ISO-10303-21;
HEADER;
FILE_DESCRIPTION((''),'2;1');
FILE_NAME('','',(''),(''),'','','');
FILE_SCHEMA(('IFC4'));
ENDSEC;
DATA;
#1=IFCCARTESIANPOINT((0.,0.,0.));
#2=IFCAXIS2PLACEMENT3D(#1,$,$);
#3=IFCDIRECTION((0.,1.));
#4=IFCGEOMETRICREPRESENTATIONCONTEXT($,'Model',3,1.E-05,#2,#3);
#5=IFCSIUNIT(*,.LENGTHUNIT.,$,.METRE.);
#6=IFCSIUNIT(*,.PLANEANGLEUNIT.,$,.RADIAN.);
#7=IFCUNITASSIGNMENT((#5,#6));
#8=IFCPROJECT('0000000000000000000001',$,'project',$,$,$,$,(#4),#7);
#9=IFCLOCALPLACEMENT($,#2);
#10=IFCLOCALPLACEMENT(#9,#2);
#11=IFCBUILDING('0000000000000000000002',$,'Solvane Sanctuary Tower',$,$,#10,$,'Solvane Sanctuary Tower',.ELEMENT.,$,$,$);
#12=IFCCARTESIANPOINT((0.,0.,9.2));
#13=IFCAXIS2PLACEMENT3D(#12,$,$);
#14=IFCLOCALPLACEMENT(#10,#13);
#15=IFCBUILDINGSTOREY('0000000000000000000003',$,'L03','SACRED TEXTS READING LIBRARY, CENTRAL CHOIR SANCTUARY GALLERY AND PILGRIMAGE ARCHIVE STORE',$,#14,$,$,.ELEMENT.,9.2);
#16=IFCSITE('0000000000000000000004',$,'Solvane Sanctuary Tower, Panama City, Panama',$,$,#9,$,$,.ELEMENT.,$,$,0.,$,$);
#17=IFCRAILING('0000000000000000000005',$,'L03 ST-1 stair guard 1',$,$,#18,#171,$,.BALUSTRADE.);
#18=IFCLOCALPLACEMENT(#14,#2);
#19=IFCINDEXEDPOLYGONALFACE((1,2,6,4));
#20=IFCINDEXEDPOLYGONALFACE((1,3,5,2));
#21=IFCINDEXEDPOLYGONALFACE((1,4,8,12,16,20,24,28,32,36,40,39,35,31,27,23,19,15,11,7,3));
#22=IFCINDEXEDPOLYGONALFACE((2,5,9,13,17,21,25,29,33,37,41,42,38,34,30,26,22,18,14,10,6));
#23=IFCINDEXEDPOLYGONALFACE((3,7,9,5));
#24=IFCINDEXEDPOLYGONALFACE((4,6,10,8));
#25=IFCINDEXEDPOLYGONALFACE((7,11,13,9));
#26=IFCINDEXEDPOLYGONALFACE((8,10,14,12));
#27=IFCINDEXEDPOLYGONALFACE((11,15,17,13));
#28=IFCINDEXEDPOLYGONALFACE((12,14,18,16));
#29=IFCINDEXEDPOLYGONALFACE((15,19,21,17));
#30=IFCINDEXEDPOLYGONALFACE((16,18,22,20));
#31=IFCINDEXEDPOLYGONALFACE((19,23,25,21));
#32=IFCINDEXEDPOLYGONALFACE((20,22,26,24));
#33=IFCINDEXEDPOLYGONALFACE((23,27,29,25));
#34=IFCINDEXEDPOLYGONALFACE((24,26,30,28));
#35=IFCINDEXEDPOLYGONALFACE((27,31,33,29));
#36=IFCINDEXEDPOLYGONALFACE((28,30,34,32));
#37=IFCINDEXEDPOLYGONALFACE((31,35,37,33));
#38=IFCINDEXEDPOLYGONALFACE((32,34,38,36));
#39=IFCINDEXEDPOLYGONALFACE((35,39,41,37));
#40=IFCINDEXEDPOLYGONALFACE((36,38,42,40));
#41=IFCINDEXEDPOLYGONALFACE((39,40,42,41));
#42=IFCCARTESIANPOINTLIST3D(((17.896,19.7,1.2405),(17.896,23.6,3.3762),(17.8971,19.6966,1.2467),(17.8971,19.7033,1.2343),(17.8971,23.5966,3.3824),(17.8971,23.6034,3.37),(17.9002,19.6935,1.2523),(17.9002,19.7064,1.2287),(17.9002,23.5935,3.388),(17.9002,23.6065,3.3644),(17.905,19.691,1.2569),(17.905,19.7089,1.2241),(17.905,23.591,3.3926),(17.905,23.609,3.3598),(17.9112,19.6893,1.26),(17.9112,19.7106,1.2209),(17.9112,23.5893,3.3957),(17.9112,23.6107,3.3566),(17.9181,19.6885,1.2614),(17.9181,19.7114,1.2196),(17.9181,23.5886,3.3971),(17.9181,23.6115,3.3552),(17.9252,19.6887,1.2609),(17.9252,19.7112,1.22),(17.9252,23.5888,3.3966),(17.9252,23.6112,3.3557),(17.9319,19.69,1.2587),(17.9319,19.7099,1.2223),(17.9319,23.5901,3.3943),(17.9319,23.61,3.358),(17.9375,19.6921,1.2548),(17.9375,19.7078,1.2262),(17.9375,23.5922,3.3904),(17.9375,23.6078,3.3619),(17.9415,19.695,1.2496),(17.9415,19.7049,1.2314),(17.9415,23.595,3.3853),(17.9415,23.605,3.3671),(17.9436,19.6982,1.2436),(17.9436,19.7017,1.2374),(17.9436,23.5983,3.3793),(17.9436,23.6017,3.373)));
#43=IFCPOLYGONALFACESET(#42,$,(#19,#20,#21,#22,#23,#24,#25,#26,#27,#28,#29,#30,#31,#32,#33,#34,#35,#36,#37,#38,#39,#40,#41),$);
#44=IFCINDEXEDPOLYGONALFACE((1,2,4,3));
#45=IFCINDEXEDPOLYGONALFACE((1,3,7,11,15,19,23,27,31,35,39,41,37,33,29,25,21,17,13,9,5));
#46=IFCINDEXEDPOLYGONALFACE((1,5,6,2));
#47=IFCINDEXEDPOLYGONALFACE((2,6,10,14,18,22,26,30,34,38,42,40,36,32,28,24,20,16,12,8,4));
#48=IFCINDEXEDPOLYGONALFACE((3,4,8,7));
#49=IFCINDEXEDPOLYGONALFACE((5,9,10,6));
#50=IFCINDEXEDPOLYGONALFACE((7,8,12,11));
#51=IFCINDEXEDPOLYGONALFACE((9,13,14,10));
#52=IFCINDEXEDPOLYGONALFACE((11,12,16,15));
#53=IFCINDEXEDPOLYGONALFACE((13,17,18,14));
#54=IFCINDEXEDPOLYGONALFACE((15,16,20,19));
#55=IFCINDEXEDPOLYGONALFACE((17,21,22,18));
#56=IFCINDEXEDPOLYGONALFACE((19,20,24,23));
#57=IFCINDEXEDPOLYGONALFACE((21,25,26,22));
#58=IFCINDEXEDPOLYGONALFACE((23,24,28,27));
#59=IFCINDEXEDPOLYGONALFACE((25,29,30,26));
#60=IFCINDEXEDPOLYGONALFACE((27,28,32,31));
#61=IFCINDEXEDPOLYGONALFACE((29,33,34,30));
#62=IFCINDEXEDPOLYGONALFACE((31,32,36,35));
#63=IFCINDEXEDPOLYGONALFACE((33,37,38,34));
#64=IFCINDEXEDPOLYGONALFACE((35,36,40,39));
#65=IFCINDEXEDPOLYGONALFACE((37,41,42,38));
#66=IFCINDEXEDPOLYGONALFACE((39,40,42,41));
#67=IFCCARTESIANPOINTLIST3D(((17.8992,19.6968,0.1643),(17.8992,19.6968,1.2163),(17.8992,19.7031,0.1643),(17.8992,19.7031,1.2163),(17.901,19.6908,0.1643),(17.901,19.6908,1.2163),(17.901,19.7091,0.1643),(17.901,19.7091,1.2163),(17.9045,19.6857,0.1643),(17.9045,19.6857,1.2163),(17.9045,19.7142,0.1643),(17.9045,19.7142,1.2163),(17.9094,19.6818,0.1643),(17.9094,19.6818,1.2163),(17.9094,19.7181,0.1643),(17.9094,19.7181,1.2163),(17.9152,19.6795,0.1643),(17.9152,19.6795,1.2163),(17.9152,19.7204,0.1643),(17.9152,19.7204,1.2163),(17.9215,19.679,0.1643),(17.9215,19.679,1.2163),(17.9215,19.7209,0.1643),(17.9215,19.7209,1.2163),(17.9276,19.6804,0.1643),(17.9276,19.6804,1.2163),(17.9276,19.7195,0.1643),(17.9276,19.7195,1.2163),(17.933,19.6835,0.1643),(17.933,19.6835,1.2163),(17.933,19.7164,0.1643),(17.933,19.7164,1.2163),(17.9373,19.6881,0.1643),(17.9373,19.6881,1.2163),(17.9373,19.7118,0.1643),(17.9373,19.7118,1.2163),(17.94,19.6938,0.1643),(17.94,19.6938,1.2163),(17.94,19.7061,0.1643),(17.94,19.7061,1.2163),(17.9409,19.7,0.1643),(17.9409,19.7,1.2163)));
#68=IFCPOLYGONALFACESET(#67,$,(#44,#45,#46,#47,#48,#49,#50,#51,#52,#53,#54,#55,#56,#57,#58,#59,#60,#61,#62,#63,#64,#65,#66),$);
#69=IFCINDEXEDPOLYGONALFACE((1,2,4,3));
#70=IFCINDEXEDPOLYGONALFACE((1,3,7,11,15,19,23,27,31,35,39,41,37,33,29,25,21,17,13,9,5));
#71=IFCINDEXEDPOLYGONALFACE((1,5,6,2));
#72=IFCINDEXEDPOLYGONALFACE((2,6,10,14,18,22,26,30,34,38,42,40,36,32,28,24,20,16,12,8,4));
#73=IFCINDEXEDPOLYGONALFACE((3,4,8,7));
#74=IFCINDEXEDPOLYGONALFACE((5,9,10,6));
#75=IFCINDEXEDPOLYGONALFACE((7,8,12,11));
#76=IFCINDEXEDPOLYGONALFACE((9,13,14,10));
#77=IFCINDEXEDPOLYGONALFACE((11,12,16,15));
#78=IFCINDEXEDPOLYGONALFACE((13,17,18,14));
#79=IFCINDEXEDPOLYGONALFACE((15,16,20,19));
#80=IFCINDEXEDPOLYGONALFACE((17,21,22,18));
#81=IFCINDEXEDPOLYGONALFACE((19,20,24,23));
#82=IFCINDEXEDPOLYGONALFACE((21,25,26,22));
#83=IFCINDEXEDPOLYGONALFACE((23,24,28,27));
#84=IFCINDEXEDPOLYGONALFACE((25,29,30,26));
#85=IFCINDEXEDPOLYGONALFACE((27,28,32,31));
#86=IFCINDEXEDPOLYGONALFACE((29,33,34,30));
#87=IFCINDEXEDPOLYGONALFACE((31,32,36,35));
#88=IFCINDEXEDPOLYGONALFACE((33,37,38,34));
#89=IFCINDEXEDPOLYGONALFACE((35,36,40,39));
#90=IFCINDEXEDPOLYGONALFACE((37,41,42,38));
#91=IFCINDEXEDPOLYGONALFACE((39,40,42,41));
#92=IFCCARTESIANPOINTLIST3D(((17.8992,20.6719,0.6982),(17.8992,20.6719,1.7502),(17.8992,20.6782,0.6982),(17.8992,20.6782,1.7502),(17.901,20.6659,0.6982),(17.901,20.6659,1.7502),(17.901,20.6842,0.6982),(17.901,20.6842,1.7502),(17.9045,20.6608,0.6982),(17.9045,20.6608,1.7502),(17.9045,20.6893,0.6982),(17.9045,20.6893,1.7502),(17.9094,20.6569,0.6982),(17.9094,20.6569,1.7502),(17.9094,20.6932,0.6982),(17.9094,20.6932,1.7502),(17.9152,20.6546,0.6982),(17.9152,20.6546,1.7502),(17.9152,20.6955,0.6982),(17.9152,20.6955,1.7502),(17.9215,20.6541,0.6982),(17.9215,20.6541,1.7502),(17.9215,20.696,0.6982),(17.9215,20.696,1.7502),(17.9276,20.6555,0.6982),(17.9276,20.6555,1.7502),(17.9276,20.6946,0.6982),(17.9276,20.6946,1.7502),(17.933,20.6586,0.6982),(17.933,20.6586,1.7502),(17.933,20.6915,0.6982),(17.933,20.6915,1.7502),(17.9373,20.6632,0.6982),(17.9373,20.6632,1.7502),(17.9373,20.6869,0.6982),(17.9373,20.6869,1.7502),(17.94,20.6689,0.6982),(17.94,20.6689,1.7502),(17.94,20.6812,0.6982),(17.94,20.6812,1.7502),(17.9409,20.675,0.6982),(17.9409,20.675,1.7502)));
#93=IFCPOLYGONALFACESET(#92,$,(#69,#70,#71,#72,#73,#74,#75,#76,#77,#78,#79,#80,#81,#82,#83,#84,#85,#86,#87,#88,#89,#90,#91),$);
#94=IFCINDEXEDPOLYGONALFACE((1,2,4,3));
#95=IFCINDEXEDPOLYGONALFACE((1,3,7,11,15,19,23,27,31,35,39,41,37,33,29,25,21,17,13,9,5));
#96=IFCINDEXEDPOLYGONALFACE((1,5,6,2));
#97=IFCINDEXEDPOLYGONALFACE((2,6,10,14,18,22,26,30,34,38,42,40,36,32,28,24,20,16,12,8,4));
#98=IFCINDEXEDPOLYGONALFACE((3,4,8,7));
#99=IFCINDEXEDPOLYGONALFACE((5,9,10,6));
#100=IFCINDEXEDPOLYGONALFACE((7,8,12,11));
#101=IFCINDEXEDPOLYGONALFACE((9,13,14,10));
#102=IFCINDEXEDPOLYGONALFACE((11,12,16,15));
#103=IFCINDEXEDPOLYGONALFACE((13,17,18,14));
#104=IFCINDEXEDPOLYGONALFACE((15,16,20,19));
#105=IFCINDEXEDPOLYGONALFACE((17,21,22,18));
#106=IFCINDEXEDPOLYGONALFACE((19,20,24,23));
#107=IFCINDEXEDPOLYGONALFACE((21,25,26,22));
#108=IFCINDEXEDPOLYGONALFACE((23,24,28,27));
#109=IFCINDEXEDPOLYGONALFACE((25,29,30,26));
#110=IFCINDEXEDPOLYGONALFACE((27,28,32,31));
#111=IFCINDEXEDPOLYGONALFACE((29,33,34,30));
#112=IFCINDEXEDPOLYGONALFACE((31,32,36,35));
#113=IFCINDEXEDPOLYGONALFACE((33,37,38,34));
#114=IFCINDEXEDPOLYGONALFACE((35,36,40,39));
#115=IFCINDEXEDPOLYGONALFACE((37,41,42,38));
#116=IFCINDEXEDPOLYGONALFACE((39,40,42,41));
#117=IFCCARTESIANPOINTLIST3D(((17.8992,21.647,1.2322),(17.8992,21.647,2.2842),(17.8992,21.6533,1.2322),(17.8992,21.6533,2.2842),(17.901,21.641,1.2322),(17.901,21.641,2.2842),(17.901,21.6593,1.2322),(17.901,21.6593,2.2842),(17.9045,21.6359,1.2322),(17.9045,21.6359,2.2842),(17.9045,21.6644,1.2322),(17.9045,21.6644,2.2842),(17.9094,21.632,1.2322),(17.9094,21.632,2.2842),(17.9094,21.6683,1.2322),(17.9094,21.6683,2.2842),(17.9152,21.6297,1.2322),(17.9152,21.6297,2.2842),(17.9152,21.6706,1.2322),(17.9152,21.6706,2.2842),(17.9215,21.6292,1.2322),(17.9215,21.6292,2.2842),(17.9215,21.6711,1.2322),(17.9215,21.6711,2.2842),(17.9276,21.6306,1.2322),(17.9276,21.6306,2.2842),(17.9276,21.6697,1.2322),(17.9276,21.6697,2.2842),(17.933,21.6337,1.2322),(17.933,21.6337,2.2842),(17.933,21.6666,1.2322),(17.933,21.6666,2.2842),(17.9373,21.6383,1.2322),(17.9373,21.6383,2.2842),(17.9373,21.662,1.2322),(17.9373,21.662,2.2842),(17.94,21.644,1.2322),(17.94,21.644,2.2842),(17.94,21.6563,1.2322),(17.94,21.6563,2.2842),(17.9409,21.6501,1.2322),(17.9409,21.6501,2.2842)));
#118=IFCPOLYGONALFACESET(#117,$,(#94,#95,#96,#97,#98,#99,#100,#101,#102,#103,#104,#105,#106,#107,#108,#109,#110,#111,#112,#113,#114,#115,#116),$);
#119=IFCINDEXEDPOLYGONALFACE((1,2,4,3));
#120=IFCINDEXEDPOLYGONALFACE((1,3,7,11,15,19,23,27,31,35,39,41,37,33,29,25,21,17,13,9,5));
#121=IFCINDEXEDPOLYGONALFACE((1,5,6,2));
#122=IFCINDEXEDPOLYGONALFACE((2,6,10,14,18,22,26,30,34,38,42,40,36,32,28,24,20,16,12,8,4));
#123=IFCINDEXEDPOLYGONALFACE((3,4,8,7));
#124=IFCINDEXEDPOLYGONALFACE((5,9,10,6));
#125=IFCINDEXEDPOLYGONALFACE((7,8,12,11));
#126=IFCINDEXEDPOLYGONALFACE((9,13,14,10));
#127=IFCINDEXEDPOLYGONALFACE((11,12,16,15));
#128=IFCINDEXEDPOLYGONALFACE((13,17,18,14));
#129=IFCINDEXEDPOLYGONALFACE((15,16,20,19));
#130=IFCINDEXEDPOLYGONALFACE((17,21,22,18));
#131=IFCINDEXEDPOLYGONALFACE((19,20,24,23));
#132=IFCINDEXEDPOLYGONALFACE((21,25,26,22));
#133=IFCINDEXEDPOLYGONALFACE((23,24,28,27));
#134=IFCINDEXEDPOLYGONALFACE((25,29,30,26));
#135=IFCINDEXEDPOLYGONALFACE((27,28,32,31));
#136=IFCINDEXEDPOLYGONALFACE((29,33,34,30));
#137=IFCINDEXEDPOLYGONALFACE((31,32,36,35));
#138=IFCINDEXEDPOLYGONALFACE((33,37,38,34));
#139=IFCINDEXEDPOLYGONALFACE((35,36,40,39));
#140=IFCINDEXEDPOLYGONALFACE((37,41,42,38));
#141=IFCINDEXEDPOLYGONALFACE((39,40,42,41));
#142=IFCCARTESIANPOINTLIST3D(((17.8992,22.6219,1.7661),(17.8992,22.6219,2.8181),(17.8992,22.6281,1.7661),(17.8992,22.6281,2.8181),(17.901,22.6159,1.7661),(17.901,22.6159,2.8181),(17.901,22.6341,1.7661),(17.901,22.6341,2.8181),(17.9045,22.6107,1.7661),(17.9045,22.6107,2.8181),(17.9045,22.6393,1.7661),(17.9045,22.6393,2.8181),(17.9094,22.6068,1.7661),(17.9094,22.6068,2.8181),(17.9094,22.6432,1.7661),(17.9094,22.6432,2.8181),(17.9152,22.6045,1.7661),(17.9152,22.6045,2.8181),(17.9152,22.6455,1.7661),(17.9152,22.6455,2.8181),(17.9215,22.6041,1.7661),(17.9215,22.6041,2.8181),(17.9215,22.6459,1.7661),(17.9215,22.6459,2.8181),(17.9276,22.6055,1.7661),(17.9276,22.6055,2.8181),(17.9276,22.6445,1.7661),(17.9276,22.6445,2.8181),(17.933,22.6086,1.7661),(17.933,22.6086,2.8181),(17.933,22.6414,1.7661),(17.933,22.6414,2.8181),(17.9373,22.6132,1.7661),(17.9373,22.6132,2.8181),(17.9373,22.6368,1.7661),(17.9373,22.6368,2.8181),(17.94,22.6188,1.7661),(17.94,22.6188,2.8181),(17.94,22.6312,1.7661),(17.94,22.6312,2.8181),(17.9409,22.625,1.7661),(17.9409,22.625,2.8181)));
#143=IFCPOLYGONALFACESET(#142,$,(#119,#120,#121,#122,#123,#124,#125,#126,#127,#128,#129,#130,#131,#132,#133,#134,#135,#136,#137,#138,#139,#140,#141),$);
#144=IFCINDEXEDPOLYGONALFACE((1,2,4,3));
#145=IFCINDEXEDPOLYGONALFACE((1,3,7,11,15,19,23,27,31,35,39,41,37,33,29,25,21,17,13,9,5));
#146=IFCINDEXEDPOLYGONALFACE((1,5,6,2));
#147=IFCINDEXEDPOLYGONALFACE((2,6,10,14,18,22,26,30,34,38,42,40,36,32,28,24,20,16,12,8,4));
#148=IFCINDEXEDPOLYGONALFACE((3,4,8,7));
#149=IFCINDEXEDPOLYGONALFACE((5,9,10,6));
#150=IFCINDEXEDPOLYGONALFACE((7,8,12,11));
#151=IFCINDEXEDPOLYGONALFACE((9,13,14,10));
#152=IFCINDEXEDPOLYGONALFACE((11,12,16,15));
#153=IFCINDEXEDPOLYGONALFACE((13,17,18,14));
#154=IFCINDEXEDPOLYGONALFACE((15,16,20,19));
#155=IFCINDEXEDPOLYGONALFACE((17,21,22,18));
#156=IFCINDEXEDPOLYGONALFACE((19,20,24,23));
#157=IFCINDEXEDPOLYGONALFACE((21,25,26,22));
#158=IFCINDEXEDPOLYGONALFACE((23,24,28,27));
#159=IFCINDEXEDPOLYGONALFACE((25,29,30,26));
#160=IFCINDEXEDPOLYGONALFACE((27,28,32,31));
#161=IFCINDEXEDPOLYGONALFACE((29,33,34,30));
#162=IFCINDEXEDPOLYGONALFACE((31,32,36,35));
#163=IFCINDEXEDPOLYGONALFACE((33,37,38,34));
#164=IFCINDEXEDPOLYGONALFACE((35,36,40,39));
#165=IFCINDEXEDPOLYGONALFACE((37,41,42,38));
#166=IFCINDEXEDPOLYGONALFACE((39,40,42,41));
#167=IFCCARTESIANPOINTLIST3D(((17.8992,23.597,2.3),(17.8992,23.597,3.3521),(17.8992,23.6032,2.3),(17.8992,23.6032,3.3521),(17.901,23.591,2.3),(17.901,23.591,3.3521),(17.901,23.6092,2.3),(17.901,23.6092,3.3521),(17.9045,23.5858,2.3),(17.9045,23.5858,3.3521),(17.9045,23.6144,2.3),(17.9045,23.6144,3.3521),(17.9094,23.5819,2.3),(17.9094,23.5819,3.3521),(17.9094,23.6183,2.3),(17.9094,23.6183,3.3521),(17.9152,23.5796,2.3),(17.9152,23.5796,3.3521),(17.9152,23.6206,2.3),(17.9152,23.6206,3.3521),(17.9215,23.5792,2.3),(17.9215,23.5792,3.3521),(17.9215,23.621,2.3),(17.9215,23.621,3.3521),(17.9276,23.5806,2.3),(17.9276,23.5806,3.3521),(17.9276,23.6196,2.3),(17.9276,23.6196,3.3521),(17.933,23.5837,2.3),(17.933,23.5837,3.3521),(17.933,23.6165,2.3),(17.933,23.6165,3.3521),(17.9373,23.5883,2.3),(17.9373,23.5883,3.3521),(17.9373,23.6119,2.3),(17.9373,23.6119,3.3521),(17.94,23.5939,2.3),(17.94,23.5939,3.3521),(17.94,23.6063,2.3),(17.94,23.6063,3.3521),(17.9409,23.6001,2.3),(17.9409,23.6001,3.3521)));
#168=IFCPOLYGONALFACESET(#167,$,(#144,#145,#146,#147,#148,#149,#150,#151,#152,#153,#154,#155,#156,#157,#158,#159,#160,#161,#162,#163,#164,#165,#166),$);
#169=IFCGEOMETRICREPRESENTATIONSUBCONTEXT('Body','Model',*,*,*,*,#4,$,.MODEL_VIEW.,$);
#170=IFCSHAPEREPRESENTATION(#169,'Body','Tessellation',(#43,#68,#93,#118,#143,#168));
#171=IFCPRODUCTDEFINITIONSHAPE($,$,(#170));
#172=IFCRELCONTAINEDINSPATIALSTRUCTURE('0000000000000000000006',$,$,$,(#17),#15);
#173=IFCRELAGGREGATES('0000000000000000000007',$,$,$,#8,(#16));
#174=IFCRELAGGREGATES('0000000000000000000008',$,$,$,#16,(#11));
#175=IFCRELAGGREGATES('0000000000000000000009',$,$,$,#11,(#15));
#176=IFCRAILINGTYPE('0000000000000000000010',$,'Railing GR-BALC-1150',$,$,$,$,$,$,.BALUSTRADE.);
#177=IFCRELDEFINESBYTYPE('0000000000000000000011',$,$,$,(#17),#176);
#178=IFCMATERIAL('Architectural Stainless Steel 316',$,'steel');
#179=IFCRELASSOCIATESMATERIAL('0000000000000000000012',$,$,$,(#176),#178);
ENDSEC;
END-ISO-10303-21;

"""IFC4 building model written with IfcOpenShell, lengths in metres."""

from ifc_helpers import new_model, si_unit, direction, frame, origin, origin_2d, place, context, subcontext, project, spatial, circle, extrude, material, type_object, element, save


model = new_model("IFC4")

# Units and contexts
model_context = context("Model", 3, precision=1e-05, world=origin(), true_north=direction((0.0, 1.0)))
body_context = subcontext(model_context, "Body", "Model", "MODEL_VIEW")
ifc_project = project(units=[si_unit("LENGTHUNIT", "METRE"), si_unit("PLANEANGLEUNIT", "RADIAN")], contexts=[model_context])

# Site, building, storey
site_placement = place(None, origin())
site = spatial("IfcSite", under=ifc_project, at=site_placement, Name="Solvane Sanctuary Tower, Panama City, Panama", CompositionType="ELEMENT", RefElevation=0.0)
building_placement = place(site_placement, origin())
building = spatial("IfcBuilding", under=site, at=building_placement, Name="Solvane Sanctuary Tower", LongName="Solvane Sanctuary Tower", CompositionType="ELEMENT")
storey_placement = place(building_placement, frame((0.0, 0.0, 9.2)))
storey = spatial("IfcBuildingStorey", under=building, at=storey_placement, Name="L03", Description="SACRED TEXTS READING LIBRARY, CENTRAL CHOIR SANCTUARY GALLERY AND PILGRIMAGE ARCHIVE STORE", CompositionType="ELEMENT", Elevation=9.2)

# Railing
ifc_material_1 = material(Name="Architectural Stainless Steel 316", Category="steel")
railing_type_1 = type_object("IfcRailingType", Name="Railing GR-BALC-1150", PredefinedType="BALUSTRADE", material=ifc_material_1)
railing_1_placement = place(storey_placement, frame((17.9199, 19.7, 0.1643)))
element("IfcRailing", 1, at=railing_1_placement, inside=storey, type_object=railing_type_1, Name="L03 ST-1 stair guard 1", PredefinedType="BALUSTRADE", context=body_context, shape_type="SweptSolid", body=[
    extrude(circle(Radius=0.0239, at=origin_2d()), frame((0.0, 0.0, 1.0762), z_axis=(0.0, 0.877101, 0.480306), x_axis=(-1.0, 0.0, 0.0)), (0.0, 0.0, 1.0), 4.4465),
    extrude(circle(Radius=0.021, at=origin_2d()), origin(), (0.0, 0.0, 1.0), 1.052),
    extrude(circle(Radius=0.021, at=origin_2d()), frame((0.0, 0.9751, 0.5339)), (0.0, 0.0, 1.0), 1.052),
    extrude(circle(Radius=0.021, at=origin_2d()), frame((0.0, 1.9502, 1.0679)), (0.0, 0.0, 1.0), 1.052),
    extrude(circle(Radius=0.021, at=origin_2d()), frame((0.0, 2.925, 1.6018)), (0.0, 0.0, 1.0), 1.052),
    extrude(circle(Radius=0.021, at=origin_2d()), frame((0.0, 3.9001, 2.1357)), (0.0, 0.0, 1.0), 1.052),
])

save(model, "model.ifc")
